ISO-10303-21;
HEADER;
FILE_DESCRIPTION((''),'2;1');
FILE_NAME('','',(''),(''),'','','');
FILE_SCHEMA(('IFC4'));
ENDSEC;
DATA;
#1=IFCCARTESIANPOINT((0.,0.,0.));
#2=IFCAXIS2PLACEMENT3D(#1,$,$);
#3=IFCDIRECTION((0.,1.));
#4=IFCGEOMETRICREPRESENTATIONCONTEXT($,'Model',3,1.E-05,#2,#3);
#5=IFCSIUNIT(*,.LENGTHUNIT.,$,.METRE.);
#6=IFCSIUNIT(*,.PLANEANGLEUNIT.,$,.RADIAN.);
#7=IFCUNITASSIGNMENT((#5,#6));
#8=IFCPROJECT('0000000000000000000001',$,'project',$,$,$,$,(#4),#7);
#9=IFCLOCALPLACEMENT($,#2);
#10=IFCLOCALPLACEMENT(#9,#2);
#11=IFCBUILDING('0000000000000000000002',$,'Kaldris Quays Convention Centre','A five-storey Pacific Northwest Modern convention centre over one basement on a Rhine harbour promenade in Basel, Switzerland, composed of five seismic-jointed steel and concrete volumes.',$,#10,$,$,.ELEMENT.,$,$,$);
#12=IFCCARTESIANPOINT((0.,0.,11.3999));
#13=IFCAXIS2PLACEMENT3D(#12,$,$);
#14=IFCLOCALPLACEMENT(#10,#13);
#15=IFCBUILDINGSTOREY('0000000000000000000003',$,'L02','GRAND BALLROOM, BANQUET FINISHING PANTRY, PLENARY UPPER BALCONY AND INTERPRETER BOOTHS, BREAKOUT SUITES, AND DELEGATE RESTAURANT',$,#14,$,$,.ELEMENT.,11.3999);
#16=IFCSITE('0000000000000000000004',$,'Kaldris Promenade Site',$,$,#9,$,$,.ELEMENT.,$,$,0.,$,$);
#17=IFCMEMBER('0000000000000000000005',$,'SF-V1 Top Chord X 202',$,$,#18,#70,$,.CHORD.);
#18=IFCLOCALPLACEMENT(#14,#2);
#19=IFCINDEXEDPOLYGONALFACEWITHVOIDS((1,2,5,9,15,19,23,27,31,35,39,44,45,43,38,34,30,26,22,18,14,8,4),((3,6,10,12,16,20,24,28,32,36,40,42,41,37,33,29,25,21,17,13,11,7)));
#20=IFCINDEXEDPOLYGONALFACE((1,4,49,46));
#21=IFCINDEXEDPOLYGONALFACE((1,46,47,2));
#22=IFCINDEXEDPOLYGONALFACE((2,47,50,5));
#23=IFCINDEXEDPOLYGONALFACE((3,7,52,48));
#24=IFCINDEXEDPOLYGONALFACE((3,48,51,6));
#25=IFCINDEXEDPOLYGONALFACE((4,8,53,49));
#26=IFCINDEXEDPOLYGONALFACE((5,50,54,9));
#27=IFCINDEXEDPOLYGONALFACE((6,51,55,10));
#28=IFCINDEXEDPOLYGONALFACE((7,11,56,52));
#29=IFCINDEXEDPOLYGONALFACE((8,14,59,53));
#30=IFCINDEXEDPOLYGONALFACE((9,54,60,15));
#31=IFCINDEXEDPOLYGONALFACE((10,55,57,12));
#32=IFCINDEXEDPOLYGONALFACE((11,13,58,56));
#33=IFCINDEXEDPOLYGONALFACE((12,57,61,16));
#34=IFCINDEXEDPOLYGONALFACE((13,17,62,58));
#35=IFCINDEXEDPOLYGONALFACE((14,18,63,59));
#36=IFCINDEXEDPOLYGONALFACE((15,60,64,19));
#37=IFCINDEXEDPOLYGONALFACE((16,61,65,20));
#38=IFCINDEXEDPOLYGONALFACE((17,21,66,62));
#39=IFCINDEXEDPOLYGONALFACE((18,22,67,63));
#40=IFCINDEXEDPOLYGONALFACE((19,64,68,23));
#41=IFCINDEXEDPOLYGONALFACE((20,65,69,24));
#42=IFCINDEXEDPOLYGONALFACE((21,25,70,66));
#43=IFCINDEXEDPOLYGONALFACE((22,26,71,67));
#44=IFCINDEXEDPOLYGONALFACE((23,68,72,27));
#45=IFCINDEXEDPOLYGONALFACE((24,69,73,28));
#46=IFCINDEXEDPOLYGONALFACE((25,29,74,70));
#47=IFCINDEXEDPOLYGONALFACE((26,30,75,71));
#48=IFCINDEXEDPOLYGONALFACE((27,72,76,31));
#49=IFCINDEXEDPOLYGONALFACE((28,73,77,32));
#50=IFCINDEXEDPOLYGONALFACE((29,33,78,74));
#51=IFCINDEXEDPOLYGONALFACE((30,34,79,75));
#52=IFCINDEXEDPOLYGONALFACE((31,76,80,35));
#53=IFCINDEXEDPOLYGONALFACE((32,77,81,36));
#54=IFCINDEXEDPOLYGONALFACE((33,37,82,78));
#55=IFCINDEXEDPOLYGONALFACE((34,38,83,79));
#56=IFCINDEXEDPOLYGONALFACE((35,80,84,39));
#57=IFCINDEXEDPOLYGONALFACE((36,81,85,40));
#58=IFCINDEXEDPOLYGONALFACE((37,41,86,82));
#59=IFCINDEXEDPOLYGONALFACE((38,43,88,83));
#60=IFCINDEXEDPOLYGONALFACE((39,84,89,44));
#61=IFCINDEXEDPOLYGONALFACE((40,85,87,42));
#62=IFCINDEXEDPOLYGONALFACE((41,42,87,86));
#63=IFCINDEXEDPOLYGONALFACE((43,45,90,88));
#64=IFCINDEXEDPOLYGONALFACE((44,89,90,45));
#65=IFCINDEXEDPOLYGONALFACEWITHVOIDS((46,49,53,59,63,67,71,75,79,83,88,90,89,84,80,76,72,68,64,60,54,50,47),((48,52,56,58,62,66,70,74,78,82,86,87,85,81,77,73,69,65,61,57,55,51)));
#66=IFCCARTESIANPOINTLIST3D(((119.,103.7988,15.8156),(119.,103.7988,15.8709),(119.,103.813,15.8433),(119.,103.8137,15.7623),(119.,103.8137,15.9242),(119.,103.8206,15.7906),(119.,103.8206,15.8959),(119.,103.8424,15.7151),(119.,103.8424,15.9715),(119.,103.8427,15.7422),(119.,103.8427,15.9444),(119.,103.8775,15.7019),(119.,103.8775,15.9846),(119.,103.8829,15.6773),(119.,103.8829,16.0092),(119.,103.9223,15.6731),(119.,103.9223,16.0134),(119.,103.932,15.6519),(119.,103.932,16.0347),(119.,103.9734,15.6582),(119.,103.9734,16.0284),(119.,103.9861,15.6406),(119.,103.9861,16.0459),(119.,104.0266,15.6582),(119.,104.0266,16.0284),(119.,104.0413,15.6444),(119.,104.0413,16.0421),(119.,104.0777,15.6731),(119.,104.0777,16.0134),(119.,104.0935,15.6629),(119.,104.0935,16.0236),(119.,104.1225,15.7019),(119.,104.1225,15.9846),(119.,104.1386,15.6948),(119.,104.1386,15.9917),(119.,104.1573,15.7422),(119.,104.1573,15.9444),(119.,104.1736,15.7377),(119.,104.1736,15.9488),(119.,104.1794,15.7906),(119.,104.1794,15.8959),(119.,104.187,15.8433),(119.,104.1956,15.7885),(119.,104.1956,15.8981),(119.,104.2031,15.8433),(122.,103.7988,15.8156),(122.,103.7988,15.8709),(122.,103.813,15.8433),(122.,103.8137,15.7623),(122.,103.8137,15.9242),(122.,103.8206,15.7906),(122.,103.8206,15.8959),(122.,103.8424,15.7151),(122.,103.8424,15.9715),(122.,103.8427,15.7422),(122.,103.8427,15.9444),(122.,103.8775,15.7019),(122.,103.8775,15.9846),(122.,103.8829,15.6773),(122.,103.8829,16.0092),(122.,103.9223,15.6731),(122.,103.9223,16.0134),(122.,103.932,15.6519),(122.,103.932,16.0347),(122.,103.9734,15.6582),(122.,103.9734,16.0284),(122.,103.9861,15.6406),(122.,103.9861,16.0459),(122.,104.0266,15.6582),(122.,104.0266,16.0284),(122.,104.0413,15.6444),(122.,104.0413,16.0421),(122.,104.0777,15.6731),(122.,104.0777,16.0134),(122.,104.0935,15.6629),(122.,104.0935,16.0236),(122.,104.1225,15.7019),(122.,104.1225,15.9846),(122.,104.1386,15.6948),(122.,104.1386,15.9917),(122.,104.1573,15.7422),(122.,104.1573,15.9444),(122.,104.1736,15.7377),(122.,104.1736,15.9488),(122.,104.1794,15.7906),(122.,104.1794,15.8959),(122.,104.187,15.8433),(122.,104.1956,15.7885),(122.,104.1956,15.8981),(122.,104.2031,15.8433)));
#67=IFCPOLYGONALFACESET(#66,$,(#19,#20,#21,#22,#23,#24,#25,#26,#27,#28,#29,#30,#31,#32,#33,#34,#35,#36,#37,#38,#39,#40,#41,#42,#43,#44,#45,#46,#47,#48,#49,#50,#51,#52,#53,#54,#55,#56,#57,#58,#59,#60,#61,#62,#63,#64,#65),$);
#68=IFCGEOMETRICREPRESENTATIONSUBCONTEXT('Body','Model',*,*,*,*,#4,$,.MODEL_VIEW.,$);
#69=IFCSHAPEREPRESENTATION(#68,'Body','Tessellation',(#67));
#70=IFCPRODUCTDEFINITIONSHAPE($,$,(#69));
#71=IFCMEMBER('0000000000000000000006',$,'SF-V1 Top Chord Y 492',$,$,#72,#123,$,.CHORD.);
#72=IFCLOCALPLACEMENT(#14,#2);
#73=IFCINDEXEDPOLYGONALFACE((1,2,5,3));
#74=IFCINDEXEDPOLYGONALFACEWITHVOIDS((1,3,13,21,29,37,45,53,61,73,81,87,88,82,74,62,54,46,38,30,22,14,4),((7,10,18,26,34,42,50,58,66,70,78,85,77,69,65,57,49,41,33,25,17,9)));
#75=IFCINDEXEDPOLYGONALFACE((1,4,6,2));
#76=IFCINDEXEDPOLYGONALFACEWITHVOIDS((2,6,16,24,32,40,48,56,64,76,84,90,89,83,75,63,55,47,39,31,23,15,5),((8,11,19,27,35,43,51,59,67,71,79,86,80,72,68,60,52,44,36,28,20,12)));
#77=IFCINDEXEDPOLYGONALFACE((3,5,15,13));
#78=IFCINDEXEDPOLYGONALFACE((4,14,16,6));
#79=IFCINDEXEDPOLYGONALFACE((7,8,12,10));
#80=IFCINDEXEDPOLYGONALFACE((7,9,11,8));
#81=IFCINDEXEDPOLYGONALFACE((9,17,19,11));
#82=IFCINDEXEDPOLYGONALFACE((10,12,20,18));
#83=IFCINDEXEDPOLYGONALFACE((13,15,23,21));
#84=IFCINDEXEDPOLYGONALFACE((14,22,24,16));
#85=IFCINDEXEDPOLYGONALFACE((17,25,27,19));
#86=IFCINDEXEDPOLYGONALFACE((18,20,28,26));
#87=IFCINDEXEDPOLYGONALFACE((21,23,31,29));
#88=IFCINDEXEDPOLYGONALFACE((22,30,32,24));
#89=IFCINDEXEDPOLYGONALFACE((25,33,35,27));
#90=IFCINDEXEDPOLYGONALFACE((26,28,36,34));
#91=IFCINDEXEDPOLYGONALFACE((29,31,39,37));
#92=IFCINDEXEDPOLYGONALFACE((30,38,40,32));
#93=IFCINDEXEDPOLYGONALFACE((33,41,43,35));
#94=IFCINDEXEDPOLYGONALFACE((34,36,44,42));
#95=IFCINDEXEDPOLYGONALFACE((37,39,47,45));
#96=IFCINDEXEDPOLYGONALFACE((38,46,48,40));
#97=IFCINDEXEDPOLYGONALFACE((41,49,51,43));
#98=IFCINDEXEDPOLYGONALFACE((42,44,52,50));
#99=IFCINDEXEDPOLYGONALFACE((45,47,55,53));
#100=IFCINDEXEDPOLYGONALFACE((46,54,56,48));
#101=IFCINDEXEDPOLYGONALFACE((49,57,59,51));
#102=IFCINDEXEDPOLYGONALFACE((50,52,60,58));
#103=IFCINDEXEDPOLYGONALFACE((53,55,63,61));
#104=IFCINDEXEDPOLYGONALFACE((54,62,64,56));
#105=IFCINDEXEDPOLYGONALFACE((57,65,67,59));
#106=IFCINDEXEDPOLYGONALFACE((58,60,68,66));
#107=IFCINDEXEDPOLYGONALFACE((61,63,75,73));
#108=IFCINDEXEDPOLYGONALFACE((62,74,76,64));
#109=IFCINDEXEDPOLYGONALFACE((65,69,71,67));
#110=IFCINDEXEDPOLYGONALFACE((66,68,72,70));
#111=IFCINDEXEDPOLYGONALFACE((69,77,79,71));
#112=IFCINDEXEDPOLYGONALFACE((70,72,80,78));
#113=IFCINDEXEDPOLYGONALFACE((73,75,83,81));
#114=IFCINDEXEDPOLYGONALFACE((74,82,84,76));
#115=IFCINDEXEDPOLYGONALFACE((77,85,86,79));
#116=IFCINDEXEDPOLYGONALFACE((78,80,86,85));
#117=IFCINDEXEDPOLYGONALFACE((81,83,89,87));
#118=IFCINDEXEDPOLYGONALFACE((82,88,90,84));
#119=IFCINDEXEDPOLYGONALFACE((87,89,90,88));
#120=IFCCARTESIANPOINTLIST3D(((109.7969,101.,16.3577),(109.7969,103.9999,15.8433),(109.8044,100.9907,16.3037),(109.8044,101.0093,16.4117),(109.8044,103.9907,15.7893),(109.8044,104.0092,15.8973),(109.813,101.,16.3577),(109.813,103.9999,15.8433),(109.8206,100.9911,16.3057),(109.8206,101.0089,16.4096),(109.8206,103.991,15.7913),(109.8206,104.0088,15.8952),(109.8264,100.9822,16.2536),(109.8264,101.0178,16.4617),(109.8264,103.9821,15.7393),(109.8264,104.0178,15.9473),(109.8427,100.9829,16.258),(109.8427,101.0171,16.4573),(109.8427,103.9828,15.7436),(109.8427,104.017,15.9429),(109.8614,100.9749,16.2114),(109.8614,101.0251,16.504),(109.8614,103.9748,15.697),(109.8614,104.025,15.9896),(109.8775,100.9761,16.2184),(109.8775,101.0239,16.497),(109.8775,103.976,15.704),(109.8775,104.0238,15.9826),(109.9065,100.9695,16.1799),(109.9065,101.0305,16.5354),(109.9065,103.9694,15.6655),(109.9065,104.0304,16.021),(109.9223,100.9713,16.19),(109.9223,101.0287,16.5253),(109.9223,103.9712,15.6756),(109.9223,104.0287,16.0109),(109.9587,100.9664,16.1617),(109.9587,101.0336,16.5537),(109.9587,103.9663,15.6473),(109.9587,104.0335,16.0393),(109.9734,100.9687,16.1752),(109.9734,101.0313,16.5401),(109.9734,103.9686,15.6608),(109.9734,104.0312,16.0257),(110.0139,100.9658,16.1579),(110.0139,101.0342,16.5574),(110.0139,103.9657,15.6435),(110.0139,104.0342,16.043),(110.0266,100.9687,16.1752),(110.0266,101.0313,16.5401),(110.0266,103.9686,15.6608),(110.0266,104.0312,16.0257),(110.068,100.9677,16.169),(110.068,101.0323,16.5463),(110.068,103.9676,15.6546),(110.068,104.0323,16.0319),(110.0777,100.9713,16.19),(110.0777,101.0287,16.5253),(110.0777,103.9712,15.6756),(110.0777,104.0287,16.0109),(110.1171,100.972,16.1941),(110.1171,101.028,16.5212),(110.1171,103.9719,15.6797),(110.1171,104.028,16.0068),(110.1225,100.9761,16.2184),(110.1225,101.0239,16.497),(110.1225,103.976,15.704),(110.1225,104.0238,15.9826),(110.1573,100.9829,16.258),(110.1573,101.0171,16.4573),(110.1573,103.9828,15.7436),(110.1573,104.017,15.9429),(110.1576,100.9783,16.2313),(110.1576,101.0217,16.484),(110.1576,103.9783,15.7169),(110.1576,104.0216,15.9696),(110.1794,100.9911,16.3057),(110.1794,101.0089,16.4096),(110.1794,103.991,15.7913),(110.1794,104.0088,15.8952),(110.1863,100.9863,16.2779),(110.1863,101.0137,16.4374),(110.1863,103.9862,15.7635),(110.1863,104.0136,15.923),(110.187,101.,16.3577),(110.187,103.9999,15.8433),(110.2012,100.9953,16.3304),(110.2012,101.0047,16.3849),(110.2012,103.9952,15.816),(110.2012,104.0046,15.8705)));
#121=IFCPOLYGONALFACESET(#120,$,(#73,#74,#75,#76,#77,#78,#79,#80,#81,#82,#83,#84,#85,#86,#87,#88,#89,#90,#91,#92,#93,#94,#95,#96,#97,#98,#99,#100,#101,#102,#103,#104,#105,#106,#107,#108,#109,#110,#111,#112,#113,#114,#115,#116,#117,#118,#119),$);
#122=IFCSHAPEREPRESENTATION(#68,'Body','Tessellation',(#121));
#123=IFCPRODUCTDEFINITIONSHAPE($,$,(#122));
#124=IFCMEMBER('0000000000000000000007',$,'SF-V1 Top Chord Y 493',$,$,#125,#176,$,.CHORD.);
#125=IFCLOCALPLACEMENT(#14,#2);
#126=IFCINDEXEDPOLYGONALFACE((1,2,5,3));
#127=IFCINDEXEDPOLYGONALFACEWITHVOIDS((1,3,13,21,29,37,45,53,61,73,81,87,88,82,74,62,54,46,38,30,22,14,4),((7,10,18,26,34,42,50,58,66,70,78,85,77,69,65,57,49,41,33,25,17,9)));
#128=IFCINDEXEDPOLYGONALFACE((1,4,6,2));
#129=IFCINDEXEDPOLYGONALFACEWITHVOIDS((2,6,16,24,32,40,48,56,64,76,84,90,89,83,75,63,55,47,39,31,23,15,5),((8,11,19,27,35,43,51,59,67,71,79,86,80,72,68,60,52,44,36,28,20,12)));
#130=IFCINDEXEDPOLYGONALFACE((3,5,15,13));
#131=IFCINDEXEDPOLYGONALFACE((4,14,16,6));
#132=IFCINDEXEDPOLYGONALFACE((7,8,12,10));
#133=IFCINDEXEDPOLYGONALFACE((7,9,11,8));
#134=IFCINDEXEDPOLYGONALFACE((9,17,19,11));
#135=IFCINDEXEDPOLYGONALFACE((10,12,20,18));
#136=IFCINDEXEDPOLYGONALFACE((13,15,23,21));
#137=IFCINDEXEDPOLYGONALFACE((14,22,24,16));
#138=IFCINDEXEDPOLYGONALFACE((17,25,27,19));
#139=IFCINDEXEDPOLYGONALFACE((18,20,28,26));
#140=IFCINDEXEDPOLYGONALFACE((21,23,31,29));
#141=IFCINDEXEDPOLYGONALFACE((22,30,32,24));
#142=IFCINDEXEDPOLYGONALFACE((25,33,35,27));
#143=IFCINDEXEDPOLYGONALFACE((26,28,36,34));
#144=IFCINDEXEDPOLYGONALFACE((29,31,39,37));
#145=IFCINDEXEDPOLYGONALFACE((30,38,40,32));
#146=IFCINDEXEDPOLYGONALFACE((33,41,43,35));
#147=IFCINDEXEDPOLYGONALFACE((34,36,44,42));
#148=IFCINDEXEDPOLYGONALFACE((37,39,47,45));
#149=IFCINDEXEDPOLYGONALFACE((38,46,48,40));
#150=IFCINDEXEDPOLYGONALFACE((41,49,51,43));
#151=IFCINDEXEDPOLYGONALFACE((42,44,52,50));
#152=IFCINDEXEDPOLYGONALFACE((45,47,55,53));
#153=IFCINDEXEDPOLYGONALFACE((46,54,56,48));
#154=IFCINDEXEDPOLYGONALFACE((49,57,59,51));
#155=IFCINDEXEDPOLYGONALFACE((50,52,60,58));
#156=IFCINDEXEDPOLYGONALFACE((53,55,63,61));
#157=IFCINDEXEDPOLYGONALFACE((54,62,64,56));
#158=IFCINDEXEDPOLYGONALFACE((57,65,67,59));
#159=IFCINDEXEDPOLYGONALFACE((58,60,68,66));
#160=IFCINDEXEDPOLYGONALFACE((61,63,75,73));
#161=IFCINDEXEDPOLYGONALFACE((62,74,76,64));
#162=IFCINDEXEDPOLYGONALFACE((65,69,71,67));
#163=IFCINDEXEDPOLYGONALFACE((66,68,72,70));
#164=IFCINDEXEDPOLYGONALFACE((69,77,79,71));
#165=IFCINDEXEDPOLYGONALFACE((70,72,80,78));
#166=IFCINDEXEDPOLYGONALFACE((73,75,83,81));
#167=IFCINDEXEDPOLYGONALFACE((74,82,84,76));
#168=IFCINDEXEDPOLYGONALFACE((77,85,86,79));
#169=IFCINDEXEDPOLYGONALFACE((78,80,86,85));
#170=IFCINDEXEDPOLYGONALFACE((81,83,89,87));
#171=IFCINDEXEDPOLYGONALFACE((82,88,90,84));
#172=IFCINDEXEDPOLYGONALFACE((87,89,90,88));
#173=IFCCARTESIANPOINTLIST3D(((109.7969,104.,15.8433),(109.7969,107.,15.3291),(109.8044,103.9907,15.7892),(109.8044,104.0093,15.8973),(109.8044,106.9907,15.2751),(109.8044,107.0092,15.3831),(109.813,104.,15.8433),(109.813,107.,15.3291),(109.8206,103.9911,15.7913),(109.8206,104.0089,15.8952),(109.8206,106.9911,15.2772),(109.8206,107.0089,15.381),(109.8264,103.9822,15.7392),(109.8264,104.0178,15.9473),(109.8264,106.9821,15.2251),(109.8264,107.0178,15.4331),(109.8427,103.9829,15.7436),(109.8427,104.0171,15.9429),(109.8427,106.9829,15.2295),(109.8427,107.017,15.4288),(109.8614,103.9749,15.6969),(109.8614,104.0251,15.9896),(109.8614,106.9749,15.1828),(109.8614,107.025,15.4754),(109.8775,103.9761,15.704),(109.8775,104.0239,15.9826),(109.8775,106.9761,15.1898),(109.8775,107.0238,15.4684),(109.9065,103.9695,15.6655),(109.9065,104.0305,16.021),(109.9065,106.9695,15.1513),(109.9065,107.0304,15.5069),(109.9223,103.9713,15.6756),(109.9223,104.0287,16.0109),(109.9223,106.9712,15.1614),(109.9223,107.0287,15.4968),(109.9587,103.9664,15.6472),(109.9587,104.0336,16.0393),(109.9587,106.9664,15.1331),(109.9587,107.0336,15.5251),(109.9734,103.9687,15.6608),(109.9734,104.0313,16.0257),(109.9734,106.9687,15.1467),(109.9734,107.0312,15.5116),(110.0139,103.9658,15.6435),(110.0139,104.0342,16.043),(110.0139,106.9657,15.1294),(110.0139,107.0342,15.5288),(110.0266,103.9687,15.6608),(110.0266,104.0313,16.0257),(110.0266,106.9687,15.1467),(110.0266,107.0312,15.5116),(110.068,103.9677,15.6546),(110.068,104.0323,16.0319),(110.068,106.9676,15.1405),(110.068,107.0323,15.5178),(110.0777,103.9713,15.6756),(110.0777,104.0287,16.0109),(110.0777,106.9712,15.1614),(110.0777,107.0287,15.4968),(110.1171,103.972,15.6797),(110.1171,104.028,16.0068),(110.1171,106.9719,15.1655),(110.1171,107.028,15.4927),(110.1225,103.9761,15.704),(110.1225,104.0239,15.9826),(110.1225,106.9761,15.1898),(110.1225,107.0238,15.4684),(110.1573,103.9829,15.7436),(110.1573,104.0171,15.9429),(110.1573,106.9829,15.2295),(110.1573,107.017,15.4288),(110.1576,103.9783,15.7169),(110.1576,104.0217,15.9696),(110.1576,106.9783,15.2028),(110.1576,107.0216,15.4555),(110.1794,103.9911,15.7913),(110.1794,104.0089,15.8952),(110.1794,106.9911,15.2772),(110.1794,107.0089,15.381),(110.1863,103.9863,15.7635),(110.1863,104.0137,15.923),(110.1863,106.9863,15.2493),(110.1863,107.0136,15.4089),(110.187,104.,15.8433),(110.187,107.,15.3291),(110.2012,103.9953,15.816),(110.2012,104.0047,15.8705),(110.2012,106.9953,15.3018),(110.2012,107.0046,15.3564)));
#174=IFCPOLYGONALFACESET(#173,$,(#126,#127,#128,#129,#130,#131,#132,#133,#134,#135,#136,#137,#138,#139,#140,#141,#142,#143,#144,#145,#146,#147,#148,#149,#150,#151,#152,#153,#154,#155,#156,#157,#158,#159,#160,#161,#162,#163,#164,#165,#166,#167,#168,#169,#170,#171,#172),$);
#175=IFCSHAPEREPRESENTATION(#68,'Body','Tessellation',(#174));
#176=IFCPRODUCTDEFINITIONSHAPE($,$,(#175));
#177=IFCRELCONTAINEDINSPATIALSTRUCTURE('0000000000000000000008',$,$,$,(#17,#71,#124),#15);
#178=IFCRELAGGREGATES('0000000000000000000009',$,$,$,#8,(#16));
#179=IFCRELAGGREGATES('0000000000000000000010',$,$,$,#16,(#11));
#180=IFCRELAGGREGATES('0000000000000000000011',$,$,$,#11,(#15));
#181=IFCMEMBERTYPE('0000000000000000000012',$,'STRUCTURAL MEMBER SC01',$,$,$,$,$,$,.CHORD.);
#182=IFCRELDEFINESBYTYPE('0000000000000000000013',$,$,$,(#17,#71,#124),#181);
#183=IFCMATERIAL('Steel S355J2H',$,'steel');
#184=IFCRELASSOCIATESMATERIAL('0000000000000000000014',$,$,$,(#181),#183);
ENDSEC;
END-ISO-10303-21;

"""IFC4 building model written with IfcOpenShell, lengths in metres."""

from ifc_helpers import new_model, si_unit, direction, frame, origin, origin_2d, place, context, subcontext, project, spatial, hollow_circle, extrude, material, material_profile, profile_set, type_object, element, save


model = new_model("IFC4")

# Units and contexts
model_context = context("Model", 3, precision=1e-05, world=origin(), true_north=direction((0.0, 1.0)))
body_context = subcontext(model_context, "Body", "Model", "MODEL_VIEW")
ifc_project = project(units=[si_unit("LENGTHUNIT", "METRE"), si_unit("PLANEANGLEUNIT", "RADIAN")], contexts=[model_context])

# Site, building, storey
site_placement = place(None, origin())
site = spatial("IfcSite", under=ifc_project, at=site_placement, Name="Kaldris Promenade Site", CompositionType="ELEMENT", RefElevation=0.0)
building_placement = place(site_placement, origin())
building = spatial("IfcBuilding", under=site, at=building_placement, Name="Kaldris Quays Convention Centre", Description="A five-storey Pacific Northwest Modern convention centre over one basement on a Rhine harbour promenade in Basel, Switzerland, composed of five seismic-jointed steel and concrete volumes.", CompositionType="ELEMENT")
storey_placement = place(building_placement, frame((0.0, 0.0, 11.3999)))
storey = spatial("IfcBuildingStorey", under=building, at=storey_placement, Name="L02", Description="GRAND BALLROOM, BANQUET FINISHING PANTRY, PLENARY UPPER BALCONY AND INTERPRETER BOOTHS, BREAKOUT SUITES, AND DELEGATE RESTAURANT", CompositionType="ELEMENT", Elevation=11.3999)

# Members
ifc_material_1 = material(Name="Steel S355J2H", Category="steel")
ifc_material_profile_1 = material_profile(ifc_material_1, hollow_circle(Radius=0.2031, WallThickness=0.0161, at=origin_2d()), Name="CHS 406.4x16")
ifc_profile_set_1 = profile_set([ifc_material_profile_1], Name="Steel S355J2H")
member_type_1 = type_object("IfcMemberType", Name="STRUCTURAL MEMBER SC01", PredefinedType="CHORD", material=ifc_profile_set_1)
for number, where, z_axis, x_axis, name in (
    (1, (119.0, 104.0, 15.8433), (1.0, 0.0, 0.0), (0.0, 1.0, 0.0), "SF-V1 Top Chord X 202"),
):
    element("IfcMember", number, at=place(storey_placement, frame(where, z_axis=z_axis, x_axis=x_axis)), inside=storey, type_object=member_type_1, Name=name, PredefinedType="CHORD", context=body_context, shape_type="SweptSolid", body=[
        extrude(hollow_circle(Radius=0.2031, WallThickness=0.0161, at=origin_2d()), origin(), (0.0, 0.0, 1.0), 3.0),
    ])
for number, where, z_axis, x_axis, name in (
    (2, (110.0, 101.0, 16.3577), (0.0, 0.985616, -0.169002), (-1.0, 0.0, 0.0), "SF-V1 Top Chord Y 492"),
    (3, (110.0, 104.0, 15.8433), (0.0, 0.985629, -0.168924), (-1.0, 0.0, 0.0), "SF-V1 Top Chord Y 493"),
):
    element("IfcMember", number, at=place(storey_placement, frame(where, z_axis=z_axis, x_axis=x_axis)), inside=storey, type_object=member_type_1, Name=name, PredefinedType="CHORD", context=body_context, shape_type="SweptSolid", body=[
        extrude(hollow_circle(Radius=0.2031, WallThickness=0.0161, at=origin_2d()), origin(), (0.0, 0.0, 1.0), 3.0437),
    ])

save(model, "model.ifc")
